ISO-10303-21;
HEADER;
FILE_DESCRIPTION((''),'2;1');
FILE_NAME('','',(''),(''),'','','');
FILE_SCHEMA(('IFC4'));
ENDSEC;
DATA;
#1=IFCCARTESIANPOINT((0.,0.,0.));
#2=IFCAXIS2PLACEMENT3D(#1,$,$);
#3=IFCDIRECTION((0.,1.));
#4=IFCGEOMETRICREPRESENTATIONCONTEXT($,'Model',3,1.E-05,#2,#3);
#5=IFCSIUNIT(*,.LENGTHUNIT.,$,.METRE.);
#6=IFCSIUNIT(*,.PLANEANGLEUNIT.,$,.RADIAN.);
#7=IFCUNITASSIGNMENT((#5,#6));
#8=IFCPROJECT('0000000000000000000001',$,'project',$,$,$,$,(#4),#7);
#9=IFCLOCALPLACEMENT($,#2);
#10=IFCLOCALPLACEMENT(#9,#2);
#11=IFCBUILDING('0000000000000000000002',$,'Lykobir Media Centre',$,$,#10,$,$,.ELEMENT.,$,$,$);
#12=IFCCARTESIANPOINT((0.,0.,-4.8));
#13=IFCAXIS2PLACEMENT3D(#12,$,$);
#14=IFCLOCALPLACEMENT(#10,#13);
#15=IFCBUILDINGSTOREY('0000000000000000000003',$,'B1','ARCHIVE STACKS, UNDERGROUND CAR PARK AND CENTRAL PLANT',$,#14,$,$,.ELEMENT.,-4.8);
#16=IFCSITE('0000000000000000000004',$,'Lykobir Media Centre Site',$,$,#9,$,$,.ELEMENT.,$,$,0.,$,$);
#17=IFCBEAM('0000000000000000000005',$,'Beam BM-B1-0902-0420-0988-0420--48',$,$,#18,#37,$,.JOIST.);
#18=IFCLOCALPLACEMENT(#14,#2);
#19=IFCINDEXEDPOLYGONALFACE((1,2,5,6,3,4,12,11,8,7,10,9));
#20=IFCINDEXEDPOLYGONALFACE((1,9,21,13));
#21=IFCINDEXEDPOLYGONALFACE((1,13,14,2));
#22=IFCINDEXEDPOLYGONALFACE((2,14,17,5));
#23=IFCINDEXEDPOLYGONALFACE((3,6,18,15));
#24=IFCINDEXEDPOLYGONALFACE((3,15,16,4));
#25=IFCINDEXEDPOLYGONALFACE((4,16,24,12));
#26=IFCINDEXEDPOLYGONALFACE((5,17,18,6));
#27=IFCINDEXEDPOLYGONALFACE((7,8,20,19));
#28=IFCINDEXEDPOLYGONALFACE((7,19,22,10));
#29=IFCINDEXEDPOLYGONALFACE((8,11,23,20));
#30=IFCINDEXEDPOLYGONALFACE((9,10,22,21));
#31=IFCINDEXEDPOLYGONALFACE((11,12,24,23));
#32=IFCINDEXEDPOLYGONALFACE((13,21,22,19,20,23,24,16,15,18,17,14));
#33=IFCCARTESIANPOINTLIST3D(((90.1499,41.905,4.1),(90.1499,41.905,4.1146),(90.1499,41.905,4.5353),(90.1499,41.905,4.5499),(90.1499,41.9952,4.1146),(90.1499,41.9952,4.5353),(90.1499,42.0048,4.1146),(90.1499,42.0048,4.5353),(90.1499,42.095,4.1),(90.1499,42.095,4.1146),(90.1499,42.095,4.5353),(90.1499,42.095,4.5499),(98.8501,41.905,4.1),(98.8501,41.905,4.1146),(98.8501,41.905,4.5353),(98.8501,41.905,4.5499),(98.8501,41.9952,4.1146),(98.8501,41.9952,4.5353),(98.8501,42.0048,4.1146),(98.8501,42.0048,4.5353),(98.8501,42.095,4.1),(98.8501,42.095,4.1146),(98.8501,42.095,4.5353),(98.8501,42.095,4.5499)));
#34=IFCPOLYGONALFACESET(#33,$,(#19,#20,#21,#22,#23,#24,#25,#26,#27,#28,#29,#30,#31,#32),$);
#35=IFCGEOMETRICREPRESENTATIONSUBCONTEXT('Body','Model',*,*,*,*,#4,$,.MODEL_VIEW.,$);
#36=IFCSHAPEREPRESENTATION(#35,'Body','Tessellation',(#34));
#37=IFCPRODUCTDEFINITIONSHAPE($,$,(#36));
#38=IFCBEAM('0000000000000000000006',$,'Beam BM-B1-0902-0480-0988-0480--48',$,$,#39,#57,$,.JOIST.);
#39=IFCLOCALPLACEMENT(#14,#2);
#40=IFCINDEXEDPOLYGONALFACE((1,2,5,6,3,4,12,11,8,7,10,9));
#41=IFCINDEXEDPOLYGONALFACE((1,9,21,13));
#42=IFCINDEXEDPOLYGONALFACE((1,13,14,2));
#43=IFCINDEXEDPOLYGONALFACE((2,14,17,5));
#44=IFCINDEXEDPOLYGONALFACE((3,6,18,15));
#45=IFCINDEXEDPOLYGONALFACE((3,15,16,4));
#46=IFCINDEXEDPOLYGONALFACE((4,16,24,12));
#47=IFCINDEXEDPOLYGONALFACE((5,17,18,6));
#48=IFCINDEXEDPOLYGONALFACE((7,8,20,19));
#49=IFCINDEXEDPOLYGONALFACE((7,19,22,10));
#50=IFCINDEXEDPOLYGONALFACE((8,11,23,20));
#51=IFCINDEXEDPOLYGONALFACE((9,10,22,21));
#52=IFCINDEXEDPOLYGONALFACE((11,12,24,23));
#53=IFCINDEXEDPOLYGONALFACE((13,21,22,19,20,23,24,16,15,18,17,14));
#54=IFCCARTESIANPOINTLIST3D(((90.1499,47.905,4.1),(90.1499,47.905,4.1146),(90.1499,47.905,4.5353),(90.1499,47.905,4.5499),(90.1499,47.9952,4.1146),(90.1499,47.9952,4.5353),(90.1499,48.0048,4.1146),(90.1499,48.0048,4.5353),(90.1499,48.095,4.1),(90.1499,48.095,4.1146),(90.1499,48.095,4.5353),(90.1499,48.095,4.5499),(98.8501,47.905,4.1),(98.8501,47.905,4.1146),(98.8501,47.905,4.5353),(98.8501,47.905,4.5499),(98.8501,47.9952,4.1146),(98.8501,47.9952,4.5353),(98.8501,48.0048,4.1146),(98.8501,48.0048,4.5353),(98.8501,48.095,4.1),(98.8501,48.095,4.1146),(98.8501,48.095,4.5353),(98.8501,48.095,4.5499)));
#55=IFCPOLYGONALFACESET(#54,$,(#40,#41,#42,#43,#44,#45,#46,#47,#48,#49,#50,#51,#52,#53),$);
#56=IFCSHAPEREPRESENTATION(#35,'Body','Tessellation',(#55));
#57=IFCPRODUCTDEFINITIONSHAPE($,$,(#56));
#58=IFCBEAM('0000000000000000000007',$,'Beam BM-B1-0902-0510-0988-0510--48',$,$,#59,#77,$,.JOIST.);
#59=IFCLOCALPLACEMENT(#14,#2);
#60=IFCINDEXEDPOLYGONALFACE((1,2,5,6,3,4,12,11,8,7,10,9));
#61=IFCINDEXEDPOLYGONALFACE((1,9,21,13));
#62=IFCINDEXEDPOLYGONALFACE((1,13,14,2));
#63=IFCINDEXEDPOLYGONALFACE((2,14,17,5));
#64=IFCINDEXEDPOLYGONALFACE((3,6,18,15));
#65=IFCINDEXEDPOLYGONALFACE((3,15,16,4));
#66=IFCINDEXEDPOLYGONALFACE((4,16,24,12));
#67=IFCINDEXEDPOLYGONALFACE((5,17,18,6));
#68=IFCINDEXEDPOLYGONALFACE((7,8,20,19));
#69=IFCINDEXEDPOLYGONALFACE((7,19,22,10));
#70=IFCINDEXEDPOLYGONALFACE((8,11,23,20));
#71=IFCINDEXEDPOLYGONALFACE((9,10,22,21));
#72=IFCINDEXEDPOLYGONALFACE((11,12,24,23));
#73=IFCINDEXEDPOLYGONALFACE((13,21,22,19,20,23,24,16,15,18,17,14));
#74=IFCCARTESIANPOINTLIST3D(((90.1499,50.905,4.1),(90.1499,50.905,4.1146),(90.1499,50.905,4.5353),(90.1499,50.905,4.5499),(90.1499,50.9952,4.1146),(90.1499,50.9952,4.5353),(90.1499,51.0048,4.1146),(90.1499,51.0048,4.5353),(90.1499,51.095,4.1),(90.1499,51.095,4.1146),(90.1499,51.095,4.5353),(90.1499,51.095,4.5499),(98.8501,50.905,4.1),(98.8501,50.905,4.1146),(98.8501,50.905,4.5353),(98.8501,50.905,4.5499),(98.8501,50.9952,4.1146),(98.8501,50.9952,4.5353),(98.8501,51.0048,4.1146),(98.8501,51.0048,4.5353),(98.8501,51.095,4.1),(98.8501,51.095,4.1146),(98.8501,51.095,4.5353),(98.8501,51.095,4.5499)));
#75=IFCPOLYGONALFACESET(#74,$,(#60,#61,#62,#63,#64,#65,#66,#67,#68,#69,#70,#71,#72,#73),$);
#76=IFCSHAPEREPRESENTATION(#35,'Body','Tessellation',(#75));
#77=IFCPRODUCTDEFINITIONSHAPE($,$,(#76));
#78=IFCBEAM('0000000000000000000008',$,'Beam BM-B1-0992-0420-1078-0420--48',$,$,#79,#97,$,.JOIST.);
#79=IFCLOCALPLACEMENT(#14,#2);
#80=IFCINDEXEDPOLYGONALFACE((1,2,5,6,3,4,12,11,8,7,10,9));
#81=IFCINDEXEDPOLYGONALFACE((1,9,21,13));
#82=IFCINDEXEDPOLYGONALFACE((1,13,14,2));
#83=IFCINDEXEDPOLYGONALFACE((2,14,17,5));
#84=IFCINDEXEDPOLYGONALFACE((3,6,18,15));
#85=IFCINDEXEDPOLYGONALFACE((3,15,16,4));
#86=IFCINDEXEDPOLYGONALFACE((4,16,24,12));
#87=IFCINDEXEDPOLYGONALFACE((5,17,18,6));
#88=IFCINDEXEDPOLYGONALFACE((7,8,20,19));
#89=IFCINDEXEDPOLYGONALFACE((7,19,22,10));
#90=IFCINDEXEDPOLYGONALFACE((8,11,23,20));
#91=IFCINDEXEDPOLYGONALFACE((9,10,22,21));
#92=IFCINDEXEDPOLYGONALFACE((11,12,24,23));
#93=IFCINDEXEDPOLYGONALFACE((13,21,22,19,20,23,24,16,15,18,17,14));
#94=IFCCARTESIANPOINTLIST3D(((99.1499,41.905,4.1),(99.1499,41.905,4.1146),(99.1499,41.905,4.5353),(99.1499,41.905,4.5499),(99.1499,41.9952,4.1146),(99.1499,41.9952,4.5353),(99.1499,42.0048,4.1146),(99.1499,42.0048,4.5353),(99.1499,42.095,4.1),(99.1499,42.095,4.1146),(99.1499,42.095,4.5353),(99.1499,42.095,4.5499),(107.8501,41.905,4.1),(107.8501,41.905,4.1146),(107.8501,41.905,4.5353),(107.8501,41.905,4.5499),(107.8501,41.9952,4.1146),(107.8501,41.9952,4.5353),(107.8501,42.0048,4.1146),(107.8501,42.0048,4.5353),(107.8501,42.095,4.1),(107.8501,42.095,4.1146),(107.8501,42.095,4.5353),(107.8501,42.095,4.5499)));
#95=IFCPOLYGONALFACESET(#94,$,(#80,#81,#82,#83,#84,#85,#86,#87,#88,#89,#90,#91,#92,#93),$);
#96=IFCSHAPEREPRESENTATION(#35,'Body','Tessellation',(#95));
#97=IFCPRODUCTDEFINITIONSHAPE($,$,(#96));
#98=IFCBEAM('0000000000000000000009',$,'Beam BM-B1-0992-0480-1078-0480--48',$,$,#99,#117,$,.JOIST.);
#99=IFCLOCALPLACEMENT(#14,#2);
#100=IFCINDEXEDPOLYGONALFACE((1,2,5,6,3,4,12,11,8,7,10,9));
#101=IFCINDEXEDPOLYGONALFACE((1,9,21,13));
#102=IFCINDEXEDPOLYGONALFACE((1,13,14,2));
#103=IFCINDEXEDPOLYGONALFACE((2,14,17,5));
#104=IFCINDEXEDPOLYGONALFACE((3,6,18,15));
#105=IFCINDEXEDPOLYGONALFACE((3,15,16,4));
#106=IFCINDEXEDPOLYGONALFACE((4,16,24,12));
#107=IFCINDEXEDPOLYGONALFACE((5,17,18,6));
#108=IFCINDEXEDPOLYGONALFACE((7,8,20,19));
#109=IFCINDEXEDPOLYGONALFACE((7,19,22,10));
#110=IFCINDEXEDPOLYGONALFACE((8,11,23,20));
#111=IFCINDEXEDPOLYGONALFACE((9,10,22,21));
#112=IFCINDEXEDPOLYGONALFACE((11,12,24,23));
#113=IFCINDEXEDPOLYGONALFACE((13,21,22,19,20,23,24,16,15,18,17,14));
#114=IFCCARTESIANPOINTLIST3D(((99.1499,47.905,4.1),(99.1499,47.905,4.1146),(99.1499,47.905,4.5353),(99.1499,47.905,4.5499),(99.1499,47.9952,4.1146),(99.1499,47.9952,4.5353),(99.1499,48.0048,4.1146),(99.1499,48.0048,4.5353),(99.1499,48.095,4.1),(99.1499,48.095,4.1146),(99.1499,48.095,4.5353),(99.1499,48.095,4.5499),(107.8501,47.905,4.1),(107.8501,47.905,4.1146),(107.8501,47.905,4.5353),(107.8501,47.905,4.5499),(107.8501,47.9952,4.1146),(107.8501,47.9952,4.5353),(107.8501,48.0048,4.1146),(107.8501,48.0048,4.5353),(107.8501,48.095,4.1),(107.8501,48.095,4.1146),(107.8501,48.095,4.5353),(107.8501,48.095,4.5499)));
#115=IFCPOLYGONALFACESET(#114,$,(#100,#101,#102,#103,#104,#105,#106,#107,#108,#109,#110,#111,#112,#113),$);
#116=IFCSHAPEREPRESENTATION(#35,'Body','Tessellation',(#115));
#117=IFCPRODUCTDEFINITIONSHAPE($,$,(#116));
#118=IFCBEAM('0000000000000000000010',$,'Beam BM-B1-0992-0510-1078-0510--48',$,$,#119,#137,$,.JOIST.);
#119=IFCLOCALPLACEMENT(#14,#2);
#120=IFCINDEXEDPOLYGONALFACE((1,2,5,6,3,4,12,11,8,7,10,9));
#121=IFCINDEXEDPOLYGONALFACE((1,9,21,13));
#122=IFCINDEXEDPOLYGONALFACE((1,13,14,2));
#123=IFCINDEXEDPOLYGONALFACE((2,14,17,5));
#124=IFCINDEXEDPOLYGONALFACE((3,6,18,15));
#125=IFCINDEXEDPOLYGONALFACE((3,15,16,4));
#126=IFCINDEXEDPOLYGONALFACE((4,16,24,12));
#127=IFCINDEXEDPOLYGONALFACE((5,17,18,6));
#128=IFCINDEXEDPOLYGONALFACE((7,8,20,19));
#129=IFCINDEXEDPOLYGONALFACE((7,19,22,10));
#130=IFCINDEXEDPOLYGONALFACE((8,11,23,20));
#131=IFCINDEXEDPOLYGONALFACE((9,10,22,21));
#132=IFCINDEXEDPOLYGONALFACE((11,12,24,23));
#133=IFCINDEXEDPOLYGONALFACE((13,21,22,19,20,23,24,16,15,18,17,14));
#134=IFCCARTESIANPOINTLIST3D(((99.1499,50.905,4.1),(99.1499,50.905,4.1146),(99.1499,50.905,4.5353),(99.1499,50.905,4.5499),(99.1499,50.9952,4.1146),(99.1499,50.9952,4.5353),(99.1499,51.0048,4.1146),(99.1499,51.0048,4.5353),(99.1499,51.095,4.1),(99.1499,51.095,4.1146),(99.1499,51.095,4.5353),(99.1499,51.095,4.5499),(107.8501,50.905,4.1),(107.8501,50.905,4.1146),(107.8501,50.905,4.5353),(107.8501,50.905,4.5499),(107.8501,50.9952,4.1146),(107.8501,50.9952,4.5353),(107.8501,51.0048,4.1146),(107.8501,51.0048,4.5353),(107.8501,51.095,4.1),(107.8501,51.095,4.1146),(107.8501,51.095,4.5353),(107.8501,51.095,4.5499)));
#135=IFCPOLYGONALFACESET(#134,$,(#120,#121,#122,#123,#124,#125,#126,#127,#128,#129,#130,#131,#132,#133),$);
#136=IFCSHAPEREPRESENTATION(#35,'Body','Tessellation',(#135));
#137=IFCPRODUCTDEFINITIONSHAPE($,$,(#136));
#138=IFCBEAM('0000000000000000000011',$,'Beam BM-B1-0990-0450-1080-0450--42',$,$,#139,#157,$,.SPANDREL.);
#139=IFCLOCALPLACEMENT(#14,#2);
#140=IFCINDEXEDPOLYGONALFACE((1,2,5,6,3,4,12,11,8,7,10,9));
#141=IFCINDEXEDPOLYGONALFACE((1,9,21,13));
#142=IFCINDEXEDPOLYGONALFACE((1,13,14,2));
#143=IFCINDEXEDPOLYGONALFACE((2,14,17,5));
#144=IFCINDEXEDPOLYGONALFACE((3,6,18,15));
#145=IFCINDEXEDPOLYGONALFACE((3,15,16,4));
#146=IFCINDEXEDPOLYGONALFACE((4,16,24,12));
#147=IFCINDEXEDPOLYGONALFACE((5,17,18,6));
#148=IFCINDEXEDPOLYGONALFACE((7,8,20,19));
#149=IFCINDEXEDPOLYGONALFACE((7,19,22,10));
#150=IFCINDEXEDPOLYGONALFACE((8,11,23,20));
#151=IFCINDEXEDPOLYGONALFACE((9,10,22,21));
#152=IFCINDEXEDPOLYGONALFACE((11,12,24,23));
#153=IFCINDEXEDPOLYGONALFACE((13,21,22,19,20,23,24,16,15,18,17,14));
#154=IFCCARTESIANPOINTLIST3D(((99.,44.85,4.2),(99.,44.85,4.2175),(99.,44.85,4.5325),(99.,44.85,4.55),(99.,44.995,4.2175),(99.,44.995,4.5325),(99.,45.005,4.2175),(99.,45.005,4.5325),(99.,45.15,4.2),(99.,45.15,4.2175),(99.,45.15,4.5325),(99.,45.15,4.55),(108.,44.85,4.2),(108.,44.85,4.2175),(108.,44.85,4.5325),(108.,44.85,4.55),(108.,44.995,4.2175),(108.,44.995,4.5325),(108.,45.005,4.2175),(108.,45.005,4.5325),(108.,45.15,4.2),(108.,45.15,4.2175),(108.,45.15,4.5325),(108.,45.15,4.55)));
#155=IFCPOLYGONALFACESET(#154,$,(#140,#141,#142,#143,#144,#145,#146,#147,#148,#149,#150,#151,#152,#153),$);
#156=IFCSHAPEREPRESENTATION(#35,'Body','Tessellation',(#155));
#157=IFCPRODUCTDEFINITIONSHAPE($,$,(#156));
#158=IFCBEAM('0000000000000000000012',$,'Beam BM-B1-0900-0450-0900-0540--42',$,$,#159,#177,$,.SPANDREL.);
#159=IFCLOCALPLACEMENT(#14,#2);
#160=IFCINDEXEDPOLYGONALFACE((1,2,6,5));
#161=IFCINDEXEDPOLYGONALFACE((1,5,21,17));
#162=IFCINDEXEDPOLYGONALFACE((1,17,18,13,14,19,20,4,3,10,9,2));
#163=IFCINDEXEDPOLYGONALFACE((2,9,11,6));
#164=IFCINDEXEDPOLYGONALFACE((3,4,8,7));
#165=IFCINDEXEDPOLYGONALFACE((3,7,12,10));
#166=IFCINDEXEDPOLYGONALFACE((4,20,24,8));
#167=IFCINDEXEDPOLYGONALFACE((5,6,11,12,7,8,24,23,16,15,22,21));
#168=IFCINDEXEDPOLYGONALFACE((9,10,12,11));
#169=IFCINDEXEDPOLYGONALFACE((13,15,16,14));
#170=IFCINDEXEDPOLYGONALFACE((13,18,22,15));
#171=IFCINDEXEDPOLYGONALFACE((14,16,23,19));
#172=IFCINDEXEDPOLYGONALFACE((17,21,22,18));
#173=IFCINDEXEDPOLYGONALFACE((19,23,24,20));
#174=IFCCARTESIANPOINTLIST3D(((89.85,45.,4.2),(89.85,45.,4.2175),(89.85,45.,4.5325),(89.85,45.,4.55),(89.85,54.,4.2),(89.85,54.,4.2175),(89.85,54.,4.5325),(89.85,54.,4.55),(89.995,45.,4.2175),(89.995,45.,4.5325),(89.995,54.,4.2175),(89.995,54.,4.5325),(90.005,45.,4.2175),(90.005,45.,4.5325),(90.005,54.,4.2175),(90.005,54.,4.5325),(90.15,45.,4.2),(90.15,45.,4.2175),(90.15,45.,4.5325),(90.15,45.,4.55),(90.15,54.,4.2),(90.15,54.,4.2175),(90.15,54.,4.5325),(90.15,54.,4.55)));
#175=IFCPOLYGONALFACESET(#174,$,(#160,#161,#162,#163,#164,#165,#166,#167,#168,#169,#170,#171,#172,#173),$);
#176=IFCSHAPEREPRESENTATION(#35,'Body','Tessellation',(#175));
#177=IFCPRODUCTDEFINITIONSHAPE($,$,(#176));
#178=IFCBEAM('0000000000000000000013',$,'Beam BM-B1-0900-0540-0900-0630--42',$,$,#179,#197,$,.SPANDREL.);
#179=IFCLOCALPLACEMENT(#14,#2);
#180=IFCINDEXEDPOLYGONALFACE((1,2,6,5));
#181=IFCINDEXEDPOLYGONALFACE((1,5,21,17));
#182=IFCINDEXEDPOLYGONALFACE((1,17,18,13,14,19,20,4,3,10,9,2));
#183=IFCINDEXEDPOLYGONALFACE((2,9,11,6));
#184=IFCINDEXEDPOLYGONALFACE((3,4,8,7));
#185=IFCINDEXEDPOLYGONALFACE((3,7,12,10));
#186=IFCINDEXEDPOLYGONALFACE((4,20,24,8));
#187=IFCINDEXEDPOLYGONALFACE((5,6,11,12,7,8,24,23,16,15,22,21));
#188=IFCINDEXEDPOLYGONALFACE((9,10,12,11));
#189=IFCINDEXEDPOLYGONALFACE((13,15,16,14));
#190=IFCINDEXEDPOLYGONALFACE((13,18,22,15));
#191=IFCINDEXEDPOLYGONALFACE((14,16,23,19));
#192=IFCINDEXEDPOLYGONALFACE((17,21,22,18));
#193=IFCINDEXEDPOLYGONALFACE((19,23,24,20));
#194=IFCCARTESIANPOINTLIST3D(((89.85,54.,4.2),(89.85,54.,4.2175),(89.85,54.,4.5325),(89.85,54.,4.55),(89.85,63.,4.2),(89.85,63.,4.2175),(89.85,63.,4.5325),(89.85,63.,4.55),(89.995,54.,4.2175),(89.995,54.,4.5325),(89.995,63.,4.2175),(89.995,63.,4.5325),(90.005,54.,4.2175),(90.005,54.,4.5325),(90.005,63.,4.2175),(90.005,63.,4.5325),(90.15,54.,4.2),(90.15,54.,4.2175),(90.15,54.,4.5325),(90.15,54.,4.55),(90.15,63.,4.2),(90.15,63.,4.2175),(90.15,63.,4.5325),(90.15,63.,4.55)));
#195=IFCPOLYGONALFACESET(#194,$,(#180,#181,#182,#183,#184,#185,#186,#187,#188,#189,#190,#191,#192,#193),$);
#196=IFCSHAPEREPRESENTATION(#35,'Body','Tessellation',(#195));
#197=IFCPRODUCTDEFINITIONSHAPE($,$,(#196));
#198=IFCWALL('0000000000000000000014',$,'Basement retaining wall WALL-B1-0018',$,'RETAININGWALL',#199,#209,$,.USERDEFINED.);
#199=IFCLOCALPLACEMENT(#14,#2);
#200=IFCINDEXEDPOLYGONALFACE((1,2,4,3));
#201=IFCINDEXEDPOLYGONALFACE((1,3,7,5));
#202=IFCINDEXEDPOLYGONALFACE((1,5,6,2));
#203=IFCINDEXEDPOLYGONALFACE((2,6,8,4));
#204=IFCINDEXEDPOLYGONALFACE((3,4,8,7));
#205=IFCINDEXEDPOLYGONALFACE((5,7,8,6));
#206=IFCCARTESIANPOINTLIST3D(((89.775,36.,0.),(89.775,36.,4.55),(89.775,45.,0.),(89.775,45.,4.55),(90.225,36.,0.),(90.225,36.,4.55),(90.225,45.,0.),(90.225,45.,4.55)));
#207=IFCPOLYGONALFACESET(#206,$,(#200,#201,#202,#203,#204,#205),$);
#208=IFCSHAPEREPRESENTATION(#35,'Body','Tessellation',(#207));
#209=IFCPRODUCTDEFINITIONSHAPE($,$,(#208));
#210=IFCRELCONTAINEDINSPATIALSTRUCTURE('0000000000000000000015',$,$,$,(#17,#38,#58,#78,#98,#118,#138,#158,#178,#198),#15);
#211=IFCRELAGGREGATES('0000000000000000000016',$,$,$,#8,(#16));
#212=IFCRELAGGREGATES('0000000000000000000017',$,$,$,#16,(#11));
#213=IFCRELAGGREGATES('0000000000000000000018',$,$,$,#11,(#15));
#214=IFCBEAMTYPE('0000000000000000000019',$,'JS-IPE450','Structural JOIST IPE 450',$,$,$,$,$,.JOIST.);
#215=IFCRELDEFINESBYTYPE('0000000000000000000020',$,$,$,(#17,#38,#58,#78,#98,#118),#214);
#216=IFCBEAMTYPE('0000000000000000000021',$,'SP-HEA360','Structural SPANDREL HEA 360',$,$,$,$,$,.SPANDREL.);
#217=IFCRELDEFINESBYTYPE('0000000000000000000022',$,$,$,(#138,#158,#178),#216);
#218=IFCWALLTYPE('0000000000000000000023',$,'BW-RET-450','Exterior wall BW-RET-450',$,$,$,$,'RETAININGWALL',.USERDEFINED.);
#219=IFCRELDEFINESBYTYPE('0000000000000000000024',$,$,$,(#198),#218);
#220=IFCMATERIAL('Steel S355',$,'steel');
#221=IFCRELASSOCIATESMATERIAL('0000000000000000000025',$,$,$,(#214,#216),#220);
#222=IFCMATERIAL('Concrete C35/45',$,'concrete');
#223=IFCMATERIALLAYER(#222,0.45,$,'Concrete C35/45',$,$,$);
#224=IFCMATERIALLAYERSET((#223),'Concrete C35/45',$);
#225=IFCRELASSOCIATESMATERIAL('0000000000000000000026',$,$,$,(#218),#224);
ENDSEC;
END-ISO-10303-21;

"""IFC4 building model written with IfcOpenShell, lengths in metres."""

from ifc_helpers import new_model, si_unit, direction, frame, frame_2d, origin, origin_2d, place, context, subcontext, project, spatial, rectangle, i_section, extrude, material, layer, layer_set, material_profile, profile_set, type_object, element, save


model = new_model("IFC4")

# Units and contexts
model_context = context("Model", 3, precision=1e-05, world=origin(), true_north=direction((0.0, 1.0)))
body_context = subcontext(model_context, "Body", "Model", "MODEL_VIEW")
ifc_project = project(units=[si_unit("LENGTHUNIT", "METRE"), si_unit("PLANEANGLEUNIT", "RADIAN")], contexts=[model_context])

# Site, building, storey
site_placement = place(None, origin())
site = spatial("IfcSite", under=ifc_project, at=site_placement, Name="Lykobir Media Centre Site", CompositionType="ELEMENT", RefElevation=0.0)
building_placement = place(site_placement, origin())
building = spatial("IfcBuilding", under=site, at=building_placement, Name="Lykobir Media Centre", CompositionType="ELEMENT")
storey_placement = place(building_placement, frame((0.0, 0.0, -4.8)))
storey = spatial("IfcBuildingStorey", under=building, at=storey_placement, Name="B1", Description="ARCHIVE STACKS, UNDERGROUND CAR PARK AND CENTRAL PLANT", CompositionType="ELEMENT", Elevation=-4.8)

# Shared definitions
ifc_material_1 = material(Name="Concrete C35/45", Category="concrete")

# Beams
ifc_material_2 = material(Name="Steel S355", Category="steel")
ifc_material_profile_1 = material_profile(ifc_material_2, i_section(OverallWidth=0.1899, OverallDepth=0.45, WebThickness=0.0095, FlangeThickness=0.0146, at=origin_2d()), Name="IPE 450")
ifc_profile_set_1 = profile_set([ifc_material_profile_1], Name="Steel S355")
beam_type_1 = type_object("IfcBeamType", Name="JS-IPE450", Description="Structural JOIST IPE 450", PredefinedType="JOIST", material=ifc_profile_set_1)
for number, where, z_axis, x_axis, name in (
    (1, (90.1499, 42.0, 4.325), (1.0, 0.0, 0.0), (0.0, 1.0, 0.0), "Beam BM-B1-0902-0420-0988-0420--48"),
    (2, (90.1499, 48.0, 4.325), (1.0, 0.0, 0.0), (0.0, 1.0, 0.0), "Beam BM-B1-0902-0480-0988-0480--48"),
    (3, (90.1499, 51.0, 4.325), (1.0, 0.0, 0.0), (0.0, 1.0, 0.0), "Beam BM-B1-0902-0510-0988-0510--48"),
    (4, (99.1499, 42.0, 4.325), (1.0, 0.0, 0.0), (0.0, 1.0, 0.0), "Beam BM-B1-0992-0420-1078-0420--48"),
    (5, (99.1499, 48.0, 4.325), (1.0, 0.0, 0.0), (0.0, 1.0, 0.0), "Beam BM-B1-0992-0480-1078-0480--48"),
    (6, (99.1499, 51.0, 4.325), (1.0, 0.0, 0.0), (0.0, 1.0, 0.0), "Beam BM-B1-0992-0510-1078-0510--48"),
):
    element("IfcBeam", number, at=place(storey_placement, frame(where, z_axis=z_axis, x_axis=x_axis)), inside=storey, type_object=beam_type_1, Name=name, PredefinedType="JOIST", context=body_context, shape_type="SweptSolid", body=[
        extrude(i_section(OverallWidth=0.1899, OverallDepth=0.45, WebThickness=0.0095, FlangeThickness=0.0146, at=origin_2d()), origin(), (0.0, 0.0, 1.0), 8.7002),
    ])
ifc_material_profile_2 = material_profile(ifc_material_2, i_section(OverallWidth=0.3, OverallDepth=0.3501, WebThickness=0.01, FlangeThickness=0.0176, at=origin_2d()), Name="HEA 360")
ifc_profile_set_2 = profile_set([ifc_material_profile_2], Name="Steel S355")
beam_type_2 = type_object("IfcBeamType", Name="SP-HEA360", Description="Structural SPANDREL HEA 360", PredefinedType="SPANDREL", material=ifc_profile_set_2)
for number, where, z_axis, x_axis, name in (
    (7, (99.0, 45.0, 4.375), (1.0, 0.0, 0.0), (0.0, 1.0, 0.0), "Beam BM-B1-0990-0450-1080-0450--42"),
    (8, (90.0, 45.0, 4.375), (0.0, 1.0, 0.0), (-1.0, 0.0, 0.0), "Beam BM-B1-0900-0450-0900-0540--42"),
    (9, (90.0, 54.0, 4.375), (0.0, 1.0, 0.0), (-1.0, 0.0, 0.0), "Beam BM-B1-0900-0540-0900-0630--42"),
):
    element("IfcBeam", number, at=place(storey_placement, frame(where, z_axis=z_axis, x_axis=x_axis)), inside=storey, type_object=beam_type_2, Name=name, PredefinedType="SPANDREL", context=body_context, shape_type="SweptSolid", body=[
        extrude(i_section(OverallWidth=0.3, OverallDepth=0.3501, WebThickness=0.01, FlangeThickness=0.0176, at=origin_2d()), origin(), (0.0, 0.0, 1.0), 9.0),
    ])

# Wall
ifc_layer = layer(ifc_material_1, 0.45, Name="Concrete C35/45")
ifc_layer_set = layer_set([ifc_layer], Name="Concrete C35/45")
wall_type = type_object("IfcWallType", Name="BW-RET-450", Description="Exterior wall BW-RET-450", ElementType="RETAININGWALL", PredefinedType="USERDEFINED", material=ifc_layer_set)
for number, where, z_axis, x_axis, name in (
    (10, (90.0, 45.0, 0.0), (0.0, 0.0, 1.0), (0.0, -1.0, 0.0), "Basement retaining wall WALL-B1-0018"),
):
    element("IfcWall", number, at=place(storey_placement, frame(where, z_axis=z_axis, x_axis=x_axis)), inside=storey, type_object=wall_type, Name=name, ObjectType="RETAININGWALL", PredefinedType="USERDEFINED", context=body_context, shape_type="SweptSolid", body=[
        extrude(rectangle(XDim=9.0, YDim=0.45, at=frame_2d((4.5, 0.0))), origin(), (0.0, 0.0, 1.0), 4.55),
    ])

save(model, "model.ifc")
